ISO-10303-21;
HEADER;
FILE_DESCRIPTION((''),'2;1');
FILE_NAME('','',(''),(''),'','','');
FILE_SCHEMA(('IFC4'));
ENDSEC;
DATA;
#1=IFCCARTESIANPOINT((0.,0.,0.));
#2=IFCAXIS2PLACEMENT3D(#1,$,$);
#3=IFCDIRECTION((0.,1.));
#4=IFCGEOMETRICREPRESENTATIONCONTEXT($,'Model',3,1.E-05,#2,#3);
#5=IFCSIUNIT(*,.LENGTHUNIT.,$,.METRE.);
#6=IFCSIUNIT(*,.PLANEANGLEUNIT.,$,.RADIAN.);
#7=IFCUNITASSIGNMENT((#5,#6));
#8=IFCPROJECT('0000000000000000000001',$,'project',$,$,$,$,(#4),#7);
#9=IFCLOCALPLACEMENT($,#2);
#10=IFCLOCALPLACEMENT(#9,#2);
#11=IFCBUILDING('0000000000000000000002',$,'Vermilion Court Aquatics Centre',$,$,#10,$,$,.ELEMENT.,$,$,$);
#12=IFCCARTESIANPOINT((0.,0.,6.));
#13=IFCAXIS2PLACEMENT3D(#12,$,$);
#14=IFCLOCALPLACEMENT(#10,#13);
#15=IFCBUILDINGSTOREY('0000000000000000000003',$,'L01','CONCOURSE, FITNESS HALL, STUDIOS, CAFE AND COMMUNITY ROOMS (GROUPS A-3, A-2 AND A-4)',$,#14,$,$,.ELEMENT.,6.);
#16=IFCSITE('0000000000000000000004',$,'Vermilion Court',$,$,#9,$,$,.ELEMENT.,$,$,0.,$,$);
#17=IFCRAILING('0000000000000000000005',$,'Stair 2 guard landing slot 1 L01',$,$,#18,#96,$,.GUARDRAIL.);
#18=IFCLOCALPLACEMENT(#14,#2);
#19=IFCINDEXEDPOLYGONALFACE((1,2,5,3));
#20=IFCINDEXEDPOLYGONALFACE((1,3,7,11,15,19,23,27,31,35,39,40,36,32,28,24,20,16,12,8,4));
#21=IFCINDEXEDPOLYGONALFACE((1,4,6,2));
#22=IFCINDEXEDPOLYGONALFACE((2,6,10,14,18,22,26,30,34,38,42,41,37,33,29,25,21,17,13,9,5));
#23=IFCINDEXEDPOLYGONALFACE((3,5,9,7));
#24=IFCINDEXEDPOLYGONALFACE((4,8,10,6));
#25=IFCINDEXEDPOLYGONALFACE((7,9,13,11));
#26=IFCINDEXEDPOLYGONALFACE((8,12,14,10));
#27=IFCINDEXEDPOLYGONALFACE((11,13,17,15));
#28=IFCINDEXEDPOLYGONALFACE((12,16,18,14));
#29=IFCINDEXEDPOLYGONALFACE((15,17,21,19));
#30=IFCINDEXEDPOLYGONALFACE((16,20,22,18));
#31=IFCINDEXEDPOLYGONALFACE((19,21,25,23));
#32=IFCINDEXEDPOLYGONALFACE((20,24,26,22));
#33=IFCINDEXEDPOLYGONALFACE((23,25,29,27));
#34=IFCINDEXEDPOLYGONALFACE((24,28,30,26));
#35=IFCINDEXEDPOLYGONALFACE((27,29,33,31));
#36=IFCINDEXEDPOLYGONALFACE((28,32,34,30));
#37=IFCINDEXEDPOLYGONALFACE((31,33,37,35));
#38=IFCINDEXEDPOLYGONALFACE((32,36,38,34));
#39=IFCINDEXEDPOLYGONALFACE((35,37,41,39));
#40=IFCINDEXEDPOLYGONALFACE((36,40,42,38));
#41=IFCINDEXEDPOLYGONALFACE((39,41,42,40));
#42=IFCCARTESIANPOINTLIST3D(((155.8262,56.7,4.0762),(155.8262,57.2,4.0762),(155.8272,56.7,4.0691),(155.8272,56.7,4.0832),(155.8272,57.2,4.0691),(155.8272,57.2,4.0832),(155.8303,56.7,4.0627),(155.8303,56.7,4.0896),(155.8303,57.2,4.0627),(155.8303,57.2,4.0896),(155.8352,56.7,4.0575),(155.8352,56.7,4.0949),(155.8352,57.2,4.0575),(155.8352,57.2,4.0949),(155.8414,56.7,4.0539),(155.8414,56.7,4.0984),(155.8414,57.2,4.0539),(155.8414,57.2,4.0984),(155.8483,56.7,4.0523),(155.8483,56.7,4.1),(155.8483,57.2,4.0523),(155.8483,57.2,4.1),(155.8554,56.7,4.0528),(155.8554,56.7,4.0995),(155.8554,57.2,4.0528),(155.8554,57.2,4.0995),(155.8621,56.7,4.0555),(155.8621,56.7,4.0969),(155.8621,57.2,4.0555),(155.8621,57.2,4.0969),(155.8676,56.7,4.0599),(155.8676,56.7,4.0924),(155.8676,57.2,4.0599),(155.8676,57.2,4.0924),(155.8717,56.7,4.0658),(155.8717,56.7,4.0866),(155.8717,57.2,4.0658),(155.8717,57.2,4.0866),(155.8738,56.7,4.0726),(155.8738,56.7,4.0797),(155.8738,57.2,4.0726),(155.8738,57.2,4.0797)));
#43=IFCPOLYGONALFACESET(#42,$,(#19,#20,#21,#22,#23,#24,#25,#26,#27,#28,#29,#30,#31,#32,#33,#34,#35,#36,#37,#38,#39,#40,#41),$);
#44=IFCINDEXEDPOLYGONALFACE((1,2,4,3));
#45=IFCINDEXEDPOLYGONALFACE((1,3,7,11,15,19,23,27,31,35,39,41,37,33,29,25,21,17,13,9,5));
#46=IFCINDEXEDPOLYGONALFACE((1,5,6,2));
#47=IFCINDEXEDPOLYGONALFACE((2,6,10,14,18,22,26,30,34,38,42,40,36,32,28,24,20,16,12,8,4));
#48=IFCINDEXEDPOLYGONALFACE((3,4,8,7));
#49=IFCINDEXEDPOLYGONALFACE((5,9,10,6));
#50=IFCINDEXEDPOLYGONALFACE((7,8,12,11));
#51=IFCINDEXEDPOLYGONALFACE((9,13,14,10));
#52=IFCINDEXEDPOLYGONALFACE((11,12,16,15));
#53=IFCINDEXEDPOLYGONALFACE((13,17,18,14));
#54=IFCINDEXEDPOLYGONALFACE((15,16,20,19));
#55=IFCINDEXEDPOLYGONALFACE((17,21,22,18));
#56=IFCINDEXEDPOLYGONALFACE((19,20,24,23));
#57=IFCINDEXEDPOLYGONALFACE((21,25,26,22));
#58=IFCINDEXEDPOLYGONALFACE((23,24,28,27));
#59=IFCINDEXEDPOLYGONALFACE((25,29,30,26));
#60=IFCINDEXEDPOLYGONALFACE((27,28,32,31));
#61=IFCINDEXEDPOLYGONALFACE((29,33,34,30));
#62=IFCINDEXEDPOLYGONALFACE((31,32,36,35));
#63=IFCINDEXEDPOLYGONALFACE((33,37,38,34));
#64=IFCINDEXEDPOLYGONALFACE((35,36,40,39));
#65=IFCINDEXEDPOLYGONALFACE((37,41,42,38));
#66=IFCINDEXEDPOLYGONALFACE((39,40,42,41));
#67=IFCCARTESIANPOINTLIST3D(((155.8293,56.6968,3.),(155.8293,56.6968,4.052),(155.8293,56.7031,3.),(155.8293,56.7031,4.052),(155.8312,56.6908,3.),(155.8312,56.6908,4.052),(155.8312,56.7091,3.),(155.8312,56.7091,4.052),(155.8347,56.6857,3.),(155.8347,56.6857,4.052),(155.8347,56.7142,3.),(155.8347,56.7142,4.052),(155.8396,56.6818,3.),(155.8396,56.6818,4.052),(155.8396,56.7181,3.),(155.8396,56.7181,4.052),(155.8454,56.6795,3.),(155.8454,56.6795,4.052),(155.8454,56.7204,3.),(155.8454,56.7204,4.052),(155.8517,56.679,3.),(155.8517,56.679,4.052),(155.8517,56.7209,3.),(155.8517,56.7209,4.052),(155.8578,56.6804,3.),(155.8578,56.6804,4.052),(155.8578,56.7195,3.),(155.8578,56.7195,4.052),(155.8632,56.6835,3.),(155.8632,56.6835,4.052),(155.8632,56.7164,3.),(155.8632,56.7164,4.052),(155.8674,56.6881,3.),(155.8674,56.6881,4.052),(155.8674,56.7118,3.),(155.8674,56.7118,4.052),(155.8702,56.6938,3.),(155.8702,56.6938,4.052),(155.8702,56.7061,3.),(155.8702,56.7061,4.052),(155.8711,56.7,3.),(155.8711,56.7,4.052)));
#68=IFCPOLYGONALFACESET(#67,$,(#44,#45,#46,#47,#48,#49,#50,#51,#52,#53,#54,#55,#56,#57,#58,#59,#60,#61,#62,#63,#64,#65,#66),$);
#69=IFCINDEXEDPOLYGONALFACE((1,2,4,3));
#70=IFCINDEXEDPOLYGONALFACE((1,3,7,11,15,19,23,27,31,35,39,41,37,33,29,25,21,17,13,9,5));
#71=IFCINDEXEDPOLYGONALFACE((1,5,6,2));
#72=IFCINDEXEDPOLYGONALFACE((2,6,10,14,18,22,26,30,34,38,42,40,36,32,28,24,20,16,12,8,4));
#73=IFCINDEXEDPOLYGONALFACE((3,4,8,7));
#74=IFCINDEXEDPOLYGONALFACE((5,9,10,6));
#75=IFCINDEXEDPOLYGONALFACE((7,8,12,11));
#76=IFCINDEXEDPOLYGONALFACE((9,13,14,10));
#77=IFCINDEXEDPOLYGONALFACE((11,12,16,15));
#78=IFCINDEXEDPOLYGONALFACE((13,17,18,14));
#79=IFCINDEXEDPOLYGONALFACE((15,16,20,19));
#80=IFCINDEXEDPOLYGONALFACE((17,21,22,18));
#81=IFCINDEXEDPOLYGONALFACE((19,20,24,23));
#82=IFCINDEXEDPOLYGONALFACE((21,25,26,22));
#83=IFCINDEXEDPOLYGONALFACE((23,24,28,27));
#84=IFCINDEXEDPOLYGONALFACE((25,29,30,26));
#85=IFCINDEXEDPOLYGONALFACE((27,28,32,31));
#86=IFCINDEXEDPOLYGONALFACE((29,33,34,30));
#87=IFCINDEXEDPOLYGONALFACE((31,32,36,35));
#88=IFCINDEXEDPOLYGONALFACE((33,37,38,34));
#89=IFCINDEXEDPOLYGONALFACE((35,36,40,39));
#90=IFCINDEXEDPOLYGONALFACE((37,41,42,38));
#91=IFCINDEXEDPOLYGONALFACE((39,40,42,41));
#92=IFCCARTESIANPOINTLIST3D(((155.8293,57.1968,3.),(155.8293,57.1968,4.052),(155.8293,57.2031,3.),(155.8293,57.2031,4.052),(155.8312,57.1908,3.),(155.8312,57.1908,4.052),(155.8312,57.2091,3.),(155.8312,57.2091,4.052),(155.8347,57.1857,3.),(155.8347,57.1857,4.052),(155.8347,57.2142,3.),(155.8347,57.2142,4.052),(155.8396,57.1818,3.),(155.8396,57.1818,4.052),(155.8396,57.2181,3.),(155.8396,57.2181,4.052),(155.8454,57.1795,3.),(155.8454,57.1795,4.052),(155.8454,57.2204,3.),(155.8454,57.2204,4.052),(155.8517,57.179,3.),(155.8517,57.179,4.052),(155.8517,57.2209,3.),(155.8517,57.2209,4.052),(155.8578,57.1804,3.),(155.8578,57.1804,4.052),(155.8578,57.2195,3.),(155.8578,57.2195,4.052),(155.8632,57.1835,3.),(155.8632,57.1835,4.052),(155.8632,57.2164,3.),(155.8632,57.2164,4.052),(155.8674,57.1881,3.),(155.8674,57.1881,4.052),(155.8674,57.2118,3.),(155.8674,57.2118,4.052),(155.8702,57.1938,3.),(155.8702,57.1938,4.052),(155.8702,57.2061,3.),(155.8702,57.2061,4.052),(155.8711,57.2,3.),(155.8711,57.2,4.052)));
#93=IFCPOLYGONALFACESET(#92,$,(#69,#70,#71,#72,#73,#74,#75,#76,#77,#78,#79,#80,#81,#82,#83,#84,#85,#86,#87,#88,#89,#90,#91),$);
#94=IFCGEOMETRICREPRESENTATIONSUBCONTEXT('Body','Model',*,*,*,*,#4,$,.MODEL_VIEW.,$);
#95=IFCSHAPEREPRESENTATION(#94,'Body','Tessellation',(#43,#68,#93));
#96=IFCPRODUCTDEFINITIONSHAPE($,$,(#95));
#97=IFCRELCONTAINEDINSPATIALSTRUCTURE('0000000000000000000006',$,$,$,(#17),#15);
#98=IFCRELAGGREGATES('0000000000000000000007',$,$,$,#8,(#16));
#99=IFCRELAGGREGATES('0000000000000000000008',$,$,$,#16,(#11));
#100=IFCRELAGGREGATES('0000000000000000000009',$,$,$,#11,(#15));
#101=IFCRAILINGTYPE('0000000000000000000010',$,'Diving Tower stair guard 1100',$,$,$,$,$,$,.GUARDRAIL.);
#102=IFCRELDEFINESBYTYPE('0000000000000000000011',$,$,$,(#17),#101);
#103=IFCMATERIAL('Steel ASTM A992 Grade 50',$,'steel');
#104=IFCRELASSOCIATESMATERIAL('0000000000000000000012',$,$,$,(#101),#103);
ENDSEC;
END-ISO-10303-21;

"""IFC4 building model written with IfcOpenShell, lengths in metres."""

from ifc_helpers import new_model, si_unit, direction, frame, origin, origin_2d, place, context, subcontext, project, spatial, circle, extrude, material, type_object, element, save


model = new_model("IFC4")

# Units and contexts
model_context = context("Model", 3, precision=1e-05, world=origin(), true_north=direction((0.0, 1.0)))
body_context = subcontext(model_context, "Body", "Model", "MODEL_VIEW")
ifc_project = project(units=[si_unit("LENGTHUNIT", "METRE"), si_unit("PLANEANGLEUNIT", "RADIAN")], contexts=[model_context])

# Site, building, storey
site_placement = place(None, origin())
site = spatial("IfcSite", under=ifc_project, at=site_placement, Name="Vermilion Court", CompositionType="ELEMENT", RefElevation=0.0)
building_placement = place(site_placement, origin())
building = spatial("IfcBuilding", under=site, at=building_placement, Name="Vermilion Court Aquatics Centre", CompositionType="ELEMENT")
storey_placement = place(building_placement, frame((0.0, 0.0, 6.0)))
storey = spatial("IfcBuildingStorey", under=building, at=storey_placement, Name="L01", Description="CONCOURSE, FITNESS HALL, STUDIOS, CAFE AND COMMUNITY ROOMS (GROUPS A-3, A-2 AND A-4)", CompositionType="ELEMENT", Elevation=6.0)

# Railing
ifc_material_1 = material(Name="Steel ASTM A992 Grade 50", Category="steel")
railing_type_1 = type_object("IfcRailingType", Name="Diving Tower stair guard 1100", PredefinedType="GUARDRAIL", material=ifc_material_1)
railing_1_placement = place(storey_placement, frame((155.8501, 56.7, 3.0)))
element("IfcRailing", 1, at=railing_1_placement, inside=storey, type_object=railing_type_1, Name="Stair 2 guard landing slot 1 L01", PredefinedType="GUARDRAIL", context=body_context, shape_type="SweptSolid", body=[
    extrude(circle(Radius=0.0239, at=origin_2d()), frame((0.0, 0.0, 1.0762), z_axis=(0.0, 1.0, 0.0), x_axis=(-1.0, 0.0, 0.0)), (0.0, 0.0, 1.0), 0.5),
    extrude(circle(Radius=0.021, at=origin_2d()), origin(), (0.0, 0.0, 1.0), 1.052),
    extrude(circle(Radius=0.021, at=origin_2d()), frame((0.0, 0.5, 0.0)), (0.0, 0.0, 1.0), 1.052),
])

save(model, "model.ifc")
